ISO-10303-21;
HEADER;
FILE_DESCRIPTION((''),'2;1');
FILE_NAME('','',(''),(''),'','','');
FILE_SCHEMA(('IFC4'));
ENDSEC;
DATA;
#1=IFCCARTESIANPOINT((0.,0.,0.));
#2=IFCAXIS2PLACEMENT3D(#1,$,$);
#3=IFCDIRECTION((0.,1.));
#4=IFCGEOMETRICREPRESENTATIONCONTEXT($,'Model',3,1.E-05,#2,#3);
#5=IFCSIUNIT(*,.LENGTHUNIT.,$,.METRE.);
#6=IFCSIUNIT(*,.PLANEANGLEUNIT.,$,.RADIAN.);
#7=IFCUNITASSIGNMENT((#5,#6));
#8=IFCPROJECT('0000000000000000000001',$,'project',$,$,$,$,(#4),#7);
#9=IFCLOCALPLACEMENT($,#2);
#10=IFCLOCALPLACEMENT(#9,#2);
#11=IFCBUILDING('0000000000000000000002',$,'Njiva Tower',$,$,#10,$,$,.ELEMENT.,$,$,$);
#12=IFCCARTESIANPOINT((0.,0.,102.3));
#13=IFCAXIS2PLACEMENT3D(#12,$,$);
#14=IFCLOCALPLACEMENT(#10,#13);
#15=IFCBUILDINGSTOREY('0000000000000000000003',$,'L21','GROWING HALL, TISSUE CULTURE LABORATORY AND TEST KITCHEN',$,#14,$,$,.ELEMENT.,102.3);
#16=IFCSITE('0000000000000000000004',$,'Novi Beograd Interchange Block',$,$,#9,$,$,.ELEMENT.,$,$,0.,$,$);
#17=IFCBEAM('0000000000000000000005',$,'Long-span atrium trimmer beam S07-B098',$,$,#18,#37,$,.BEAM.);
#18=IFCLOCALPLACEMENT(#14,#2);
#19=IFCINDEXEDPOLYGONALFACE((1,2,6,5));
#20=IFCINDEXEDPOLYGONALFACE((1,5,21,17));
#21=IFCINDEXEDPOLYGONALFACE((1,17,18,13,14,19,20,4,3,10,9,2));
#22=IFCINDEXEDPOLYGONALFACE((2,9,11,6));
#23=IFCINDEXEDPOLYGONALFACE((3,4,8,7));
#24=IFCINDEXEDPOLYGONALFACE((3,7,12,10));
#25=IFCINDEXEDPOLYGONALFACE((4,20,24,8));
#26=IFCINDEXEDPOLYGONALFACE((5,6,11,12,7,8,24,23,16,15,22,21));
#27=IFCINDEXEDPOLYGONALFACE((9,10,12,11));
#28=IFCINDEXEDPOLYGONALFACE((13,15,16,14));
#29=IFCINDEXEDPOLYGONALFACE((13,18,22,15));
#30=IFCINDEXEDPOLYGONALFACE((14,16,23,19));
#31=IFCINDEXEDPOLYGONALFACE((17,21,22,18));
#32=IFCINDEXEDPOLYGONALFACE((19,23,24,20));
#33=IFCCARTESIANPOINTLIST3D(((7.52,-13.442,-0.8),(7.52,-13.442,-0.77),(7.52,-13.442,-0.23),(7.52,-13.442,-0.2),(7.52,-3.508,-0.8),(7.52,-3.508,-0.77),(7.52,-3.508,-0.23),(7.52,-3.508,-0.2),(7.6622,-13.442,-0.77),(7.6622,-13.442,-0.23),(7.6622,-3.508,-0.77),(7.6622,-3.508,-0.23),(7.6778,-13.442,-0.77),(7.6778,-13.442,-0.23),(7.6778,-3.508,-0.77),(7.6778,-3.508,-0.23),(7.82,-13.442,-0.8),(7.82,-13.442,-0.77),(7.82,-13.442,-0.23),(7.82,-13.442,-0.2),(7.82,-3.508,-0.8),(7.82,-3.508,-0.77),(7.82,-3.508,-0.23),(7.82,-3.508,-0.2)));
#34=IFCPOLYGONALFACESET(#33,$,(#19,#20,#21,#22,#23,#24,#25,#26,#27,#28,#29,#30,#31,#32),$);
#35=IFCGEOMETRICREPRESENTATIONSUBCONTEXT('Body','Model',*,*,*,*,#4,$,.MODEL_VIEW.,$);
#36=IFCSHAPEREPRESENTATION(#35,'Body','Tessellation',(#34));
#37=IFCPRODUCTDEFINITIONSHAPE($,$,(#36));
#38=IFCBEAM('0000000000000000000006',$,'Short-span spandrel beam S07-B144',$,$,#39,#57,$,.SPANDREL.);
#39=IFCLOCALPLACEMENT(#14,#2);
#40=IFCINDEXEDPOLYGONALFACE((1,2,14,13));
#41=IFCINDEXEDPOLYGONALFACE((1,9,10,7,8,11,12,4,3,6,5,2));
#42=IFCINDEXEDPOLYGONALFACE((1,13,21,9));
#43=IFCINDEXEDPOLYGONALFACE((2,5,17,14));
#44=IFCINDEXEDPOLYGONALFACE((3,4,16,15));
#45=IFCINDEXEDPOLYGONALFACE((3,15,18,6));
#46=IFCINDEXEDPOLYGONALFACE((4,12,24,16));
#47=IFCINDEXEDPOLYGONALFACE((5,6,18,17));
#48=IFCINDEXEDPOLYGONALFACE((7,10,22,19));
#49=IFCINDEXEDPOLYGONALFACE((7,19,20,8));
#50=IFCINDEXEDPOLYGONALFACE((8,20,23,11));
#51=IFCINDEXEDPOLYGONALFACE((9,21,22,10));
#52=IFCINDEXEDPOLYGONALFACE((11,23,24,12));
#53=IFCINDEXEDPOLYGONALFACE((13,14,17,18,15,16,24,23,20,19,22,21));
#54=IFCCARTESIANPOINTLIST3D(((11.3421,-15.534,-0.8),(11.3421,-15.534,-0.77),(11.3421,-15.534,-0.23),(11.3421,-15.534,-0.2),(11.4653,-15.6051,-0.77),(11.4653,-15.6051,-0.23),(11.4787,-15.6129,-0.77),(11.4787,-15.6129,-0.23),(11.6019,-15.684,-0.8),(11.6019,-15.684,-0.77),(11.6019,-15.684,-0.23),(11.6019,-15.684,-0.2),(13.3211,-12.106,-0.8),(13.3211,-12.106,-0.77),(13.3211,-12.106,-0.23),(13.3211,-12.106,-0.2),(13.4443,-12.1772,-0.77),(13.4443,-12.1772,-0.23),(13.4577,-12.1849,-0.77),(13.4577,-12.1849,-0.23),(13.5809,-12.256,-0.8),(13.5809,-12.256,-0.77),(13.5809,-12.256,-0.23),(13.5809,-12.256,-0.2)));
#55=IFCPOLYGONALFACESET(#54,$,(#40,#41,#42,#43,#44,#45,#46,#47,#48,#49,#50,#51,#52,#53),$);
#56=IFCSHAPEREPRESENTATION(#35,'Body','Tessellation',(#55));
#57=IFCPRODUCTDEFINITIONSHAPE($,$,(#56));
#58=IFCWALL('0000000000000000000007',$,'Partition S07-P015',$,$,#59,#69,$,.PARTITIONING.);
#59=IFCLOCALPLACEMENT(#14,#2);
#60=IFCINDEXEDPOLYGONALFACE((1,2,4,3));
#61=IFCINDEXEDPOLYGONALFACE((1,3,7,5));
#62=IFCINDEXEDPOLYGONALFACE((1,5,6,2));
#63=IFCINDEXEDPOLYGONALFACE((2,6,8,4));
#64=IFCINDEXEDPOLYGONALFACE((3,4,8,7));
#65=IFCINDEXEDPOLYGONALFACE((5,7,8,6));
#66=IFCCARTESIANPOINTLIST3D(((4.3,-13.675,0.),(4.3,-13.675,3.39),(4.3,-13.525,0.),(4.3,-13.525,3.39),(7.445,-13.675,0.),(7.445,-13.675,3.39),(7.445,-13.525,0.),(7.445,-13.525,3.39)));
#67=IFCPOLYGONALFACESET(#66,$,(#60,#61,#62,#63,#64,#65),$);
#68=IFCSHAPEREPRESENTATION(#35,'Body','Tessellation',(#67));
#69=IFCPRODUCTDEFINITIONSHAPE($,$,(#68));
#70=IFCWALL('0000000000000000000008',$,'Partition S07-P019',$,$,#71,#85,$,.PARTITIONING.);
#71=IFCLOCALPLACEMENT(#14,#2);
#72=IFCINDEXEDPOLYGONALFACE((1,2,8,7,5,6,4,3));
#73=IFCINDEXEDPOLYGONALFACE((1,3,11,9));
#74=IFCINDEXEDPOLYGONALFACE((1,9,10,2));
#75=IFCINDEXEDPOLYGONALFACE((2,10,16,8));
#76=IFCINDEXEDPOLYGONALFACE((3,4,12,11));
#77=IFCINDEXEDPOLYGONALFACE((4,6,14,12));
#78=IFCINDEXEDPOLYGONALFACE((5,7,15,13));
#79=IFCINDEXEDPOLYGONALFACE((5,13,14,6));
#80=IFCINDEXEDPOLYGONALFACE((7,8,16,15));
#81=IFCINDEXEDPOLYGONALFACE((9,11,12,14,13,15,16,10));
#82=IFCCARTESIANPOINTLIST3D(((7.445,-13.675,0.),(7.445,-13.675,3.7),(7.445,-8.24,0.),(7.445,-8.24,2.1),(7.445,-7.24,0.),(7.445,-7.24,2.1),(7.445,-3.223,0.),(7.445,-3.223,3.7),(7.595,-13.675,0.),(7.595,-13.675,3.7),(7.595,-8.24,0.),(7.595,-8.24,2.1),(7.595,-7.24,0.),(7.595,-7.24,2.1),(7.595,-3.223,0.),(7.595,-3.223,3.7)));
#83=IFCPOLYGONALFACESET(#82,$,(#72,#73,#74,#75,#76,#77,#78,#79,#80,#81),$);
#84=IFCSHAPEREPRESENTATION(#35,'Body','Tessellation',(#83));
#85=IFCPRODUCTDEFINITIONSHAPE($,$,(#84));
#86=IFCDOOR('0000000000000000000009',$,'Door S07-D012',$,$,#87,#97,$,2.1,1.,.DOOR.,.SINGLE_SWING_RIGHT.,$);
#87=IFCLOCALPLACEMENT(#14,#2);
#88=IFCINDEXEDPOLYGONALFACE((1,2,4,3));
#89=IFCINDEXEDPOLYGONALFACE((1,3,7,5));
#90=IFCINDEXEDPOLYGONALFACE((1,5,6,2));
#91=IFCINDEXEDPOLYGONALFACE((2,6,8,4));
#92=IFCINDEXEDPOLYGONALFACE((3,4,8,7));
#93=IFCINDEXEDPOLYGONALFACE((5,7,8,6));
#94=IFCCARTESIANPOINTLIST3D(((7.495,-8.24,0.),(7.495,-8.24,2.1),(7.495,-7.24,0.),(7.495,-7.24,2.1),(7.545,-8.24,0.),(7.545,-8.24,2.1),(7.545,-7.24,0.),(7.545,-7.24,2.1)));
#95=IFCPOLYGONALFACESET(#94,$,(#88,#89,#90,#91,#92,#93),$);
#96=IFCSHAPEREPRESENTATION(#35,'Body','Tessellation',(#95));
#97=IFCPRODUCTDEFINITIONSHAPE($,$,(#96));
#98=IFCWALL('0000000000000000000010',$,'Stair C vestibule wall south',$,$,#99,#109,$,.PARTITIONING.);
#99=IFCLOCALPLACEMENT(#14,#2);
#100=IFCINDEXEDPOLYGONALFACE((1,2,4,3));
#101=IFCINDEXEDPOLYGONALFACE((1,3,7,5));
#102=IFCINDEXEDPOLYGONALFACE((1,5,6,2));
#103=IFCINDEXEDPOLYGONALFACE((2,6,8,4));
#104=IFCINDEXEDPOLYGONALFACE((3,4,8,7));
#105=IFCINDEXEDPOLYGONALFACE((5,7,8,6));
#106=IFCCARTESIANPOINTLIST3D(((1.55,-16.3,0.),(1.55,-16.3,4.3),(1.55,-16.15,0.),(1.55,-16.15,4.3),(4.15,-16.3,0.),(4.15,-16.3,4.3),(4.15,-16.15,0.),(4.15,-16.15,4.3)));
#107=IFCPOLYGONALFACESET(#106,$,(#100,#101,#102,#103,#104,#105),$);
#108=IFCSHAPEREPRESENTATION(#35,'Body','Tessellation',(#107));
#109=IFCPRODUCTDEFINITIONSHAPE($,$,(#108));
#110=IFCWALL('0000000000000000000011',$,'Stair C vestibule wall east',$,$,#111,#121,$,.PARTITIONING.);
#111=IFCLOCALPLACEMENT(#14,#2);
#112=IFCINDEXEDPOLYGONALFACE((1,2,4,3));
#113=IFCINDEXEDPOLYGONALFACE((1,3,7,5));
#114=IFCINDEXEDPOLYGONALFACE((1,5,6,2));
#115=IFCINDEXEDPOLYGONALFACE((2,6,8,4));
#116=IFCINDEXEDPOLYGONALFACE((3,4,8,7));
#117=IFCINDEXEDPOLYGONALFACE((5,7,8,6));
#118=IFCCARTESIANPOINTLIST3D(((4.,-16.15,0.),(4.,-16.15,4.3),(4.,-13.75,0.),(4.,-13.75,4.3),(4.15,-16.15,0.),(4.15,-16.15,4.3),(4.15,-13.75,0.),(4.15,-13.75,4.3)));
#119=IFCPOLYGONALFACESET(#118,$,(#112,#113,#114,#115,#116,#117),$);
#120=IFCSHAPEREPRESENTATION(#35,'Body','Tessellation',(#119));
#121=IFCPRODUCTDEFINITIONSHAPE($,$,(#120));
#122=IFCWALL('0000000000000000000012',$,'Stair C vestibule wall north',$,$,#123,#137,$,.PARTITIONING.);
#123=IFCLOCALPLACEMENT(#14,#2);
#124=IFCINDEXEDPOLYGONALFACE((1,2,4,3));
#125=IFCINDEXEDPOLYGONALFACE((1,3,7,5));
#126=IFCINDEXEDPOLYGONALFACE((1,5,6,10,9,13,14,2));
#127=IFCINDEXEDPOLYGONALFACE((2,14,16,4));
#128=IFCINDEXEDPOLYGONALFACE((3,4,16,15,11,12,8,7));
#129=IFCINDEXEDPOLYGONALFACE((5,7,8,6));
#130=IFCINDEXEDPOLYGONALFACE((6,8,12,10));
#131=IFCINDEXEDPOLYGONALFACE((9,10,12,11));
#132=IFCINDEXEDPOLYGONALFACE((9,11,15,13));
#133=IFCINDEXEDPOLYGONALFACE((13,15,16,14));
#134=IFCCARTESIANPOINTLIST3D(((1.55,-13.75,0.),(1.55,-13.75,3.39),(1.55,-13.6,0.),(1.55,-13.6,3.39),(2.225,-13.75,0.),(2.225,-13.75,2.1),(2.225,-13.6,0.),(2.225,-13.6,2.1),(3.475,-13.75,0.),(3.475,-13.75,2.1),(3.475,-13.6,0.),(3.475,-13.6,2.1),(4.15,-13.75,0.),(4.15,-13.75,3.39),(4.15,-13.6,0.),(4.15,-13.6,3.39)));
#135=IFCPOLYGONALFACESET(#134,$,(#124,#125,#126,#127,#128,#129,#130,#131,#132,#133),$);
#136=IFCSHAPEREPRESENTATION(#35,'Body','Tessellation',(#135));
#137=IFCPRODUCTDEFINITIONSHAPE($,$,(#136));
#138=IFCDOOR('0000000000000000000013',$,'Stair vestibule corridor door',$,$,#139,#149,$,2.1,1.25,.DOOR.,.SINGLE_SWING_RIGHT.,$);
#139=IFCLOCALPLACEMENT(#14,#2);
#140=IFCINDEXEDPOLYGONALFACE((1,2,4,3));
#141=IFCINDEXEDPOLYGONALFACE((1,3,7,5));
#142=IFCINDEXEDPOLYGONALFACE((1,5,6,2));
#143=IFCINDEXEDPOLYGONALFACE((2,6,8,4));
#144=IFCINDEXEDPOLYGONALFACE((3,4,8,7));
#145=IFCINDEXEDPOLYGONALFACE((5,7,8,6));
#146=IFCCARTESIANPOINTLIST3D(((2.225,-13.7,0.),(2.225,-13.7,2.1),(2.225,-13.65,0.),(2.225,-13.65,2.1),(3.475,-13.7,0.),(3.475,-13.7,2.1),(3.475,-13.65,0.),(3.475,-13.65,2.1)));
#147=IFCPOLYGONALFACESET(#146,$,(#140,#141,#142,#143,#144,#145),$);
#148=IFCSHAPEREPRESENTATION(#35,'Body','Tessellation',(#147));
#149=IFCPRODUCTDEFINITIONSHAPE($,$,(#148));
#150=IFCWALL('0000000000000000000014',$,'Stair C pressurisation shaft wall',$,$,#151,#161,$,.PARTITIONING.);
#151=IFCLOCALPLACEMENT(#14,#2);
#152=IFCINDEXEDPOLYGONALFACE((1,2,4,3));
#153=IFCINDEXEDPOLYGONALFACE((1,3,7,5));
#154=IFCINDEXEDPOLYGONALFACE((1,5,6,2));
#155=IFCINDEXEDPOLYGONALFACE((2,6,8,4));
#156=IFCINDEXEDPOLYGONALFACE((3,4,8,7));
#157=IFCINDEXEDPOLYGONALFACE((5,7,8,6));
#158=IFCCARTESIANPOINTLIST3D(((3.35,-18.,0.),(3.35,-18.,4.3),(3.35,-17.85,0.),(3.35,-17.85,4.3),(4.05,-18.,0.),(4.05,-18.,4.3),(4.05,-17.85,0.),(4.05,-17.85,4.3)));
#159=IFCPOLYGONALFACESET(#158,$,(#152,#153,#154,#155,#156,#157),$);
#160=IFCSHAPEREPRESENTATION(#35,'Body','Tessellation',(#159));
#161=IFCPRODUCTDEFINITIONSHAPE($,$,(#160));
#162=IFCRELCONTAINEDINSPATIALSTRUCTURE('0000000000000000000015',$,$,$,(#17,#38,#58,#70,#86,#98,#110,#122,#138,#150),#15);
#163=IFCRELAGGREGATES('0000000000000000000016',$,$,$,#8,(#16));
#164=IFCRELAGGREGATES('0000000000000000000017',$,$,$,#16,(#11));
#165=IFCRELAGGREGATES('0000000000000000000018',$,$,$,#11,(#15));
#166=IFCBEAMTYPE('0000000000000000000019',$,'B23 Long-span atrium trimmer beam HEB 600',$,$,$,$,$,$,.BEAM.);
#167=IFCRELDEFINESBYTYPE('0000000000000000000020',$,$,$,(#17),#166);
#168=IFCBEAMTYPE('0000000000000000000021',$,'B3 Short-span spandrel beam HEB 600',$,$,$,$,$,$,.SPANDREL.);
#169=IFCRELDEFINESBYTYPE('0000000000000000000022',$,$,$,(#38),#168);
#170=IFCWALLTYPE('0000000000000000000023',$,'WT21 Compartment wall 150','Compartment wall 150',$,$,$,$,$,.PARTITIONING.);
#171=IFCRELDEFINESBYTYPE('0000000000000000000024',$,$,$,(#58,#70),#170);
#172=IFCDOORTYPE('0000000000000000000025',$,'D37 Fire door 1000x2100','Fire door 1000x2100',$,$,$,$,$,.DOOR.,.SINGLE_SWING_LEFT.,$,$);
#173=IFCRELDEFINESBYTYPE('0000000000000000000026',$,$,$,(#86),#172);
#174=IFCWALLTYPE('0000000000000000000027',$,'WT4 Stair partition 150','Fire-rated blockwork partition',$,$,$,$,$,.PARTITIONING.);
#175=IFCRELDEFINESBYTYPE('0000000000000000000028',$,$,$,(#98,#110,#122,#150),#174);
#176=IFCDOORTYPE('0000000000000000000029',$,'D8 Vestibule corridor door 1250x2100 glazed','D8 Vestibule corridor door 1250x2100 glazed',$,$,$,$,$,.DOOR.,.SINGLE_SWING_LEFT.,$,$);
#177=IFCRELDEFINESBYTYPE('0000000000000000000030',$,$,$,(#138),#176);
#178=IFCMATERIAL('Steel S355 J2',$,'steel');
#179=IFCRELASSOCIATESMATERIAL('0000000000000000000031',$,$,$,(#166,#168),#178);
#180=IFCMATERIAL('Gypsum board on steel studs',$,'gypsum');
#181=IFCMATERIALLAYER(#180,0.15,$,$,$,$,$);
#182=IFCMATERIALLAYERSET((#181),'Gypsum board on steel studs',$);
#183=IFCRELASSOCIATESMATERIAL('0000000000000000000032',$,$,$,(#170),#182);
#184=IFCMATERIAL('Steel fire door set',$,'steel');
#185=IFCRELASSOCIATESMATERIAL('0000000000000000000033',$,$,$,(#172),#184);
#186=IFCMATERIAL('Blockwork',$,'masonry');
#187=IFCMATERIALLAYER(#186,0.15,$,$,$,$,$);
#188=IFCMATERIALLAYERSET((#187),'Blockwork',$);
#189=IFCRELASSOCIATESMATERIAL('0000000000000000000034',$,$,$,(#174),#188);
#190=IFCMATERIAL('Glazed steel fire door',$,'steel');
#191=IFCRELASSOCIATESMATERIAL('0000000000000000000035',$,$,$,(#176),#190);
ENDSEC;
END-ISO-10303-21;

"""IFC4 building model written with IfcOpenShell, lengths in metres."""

from ifc_helpers import new_model, si_unit, direction, frame, frame_2d, origin, origin_2d, place, context, subcontext, project, spatial, rectangle, i_section, extrude, material, layer, layer_set, material_profile, profile_set, type_object, element, fill, save


model = new_model("IFC4")

# Units and contexts
model_context = context("Model", 3, precision=1e-05, world=origin(), true_north=direction((0.0, 1.0)))
body_context = subcontext(model_context, "Body", "Model", "MODEL_VIEW")
ifc_project = project(units=[si_unit("LENGTHUNIT", "METRE"), si_unit("PLANEANGLEUNIT", "RADIAN")], contexts=[model_context])

# Site, building, storey
site_placement = place(None, origin())
site = spatial("IfcSite", under=ifc_project, at=site_placement, Name="Novi Beograd Interchange Block", CompositionType="ELEMENT", RefElevation=0.0)
building_placement = place(site_placement, origin())
building = spatial("IfcBuilding", under=site, at=building_placement, Name="Njiva Tower", CompositionType="ELEMENT")
storey_placement = place(building_placement, frame((0.0, 0.0, 102.3)))
storey = spatial("IfcBuildingStorey", under=building, at=storey_placement, Name="L21", Description="GROWING HALL, TISSUE CULTURE LABORATORY AND TEST KITCHEN", CompositionType="ELEMENT", Elevation=102.3)

# Shared definitions
ifc_material_1 = material(Name="Steel S355 J2", Category="steel")

# Beams
ifc_material_profile_1 = material_profile(ifc_material_1, i_section(OverallWidth=0.3, OverallDepth=0.6, WebThickness=0.0155, FlangeThickness=0.03, at=origin_2d()), Name="HEB 600")
ifc_profile_set_1 = profile_set([ifc_material_profile_1], Name="Steel S355 J2")
beam_type_1 = type_object("IfcBeamType", Name="B23 Long-span atrium trimmer beam HEB 600", PredefinedType="BEAM", material=ifc_profile_set_1)
beam_1_placement = place(storey_placement, frame((7.67, -13.442, -0.5), z_axis=(0.0, 1.0, 0.0), x_axis=(-1.0, 0.0, 0.0)))
element("IfcBeam", 1, at=beam_1_placement, inside=storey, type_object=beam_type_1, Name="Long-span atrium trimmer beam S07-B098", PredefinedType="BEAM", context=body_context, shape_type="SweptSolid", body=[
    extrude(i_section(OverallWidth=0.3, OverallDepth=0.6, WebThickness=0.0155, FlangeThickness=0.03, at=origin_2d()), origin(), (0.0, 0.0, 1.0), 9.934),
])
ifc_material_profile_2 = material_profile(ifc_material_1, i_section(OverallWidth=0.3, OverallDepth=0.6, WebThickness=0.0155, FlangeThickness=0.03, at=origin_2d()), Name="HEB 600")
ifc_profile_set_2 = profile_set([ifc_material_profile_2], Name="Steel S355 J2")
beam_type_2 = type_object("IfcBeamType", Name="B3 Short-span spandrel beam HEB 600", PredefinedType="SPANDREL", material=ifc_profile_set_2)
beam_2_placement = place(storey_placement, frame((11.472, -15.609, -0.5), z_axis=(0.49997, 0.866043, 0.0), x_axis=(-0.866043, 0.49997, 0.0)))
element("IfcBeam", 2, at=beam_2_placement, inside=storey, type_object=beam_type_2, Name="Short-span spandrel beam S07-B144", PredefinedType="SPANDREL", context=body_context, shape_type="SweptSolid", body=[
    extrude(i_section(OverallWidth=0.3, OverallDepth=0.6, WebThickness=0.0155, FlangeThickness=0.03, at=origin_2d()), origin(), (0.0, 0.0, 1.0), 3.9582),
])

# Wall
ifc_material_2 = material(Name="Gypsum board on steel studs", Category="gypsum")
ifc_layer_1 = layer(ifc_material_2, 0.15)
ifc_layer_set_1 = layer_set([ifc_layer_1], Name="Gypsum board on steel studs")
wall_type_1 = type_object("IfcWallType", Name="WT21 Compartment wall 150", Description="Compartment wall 150", PredefinedType="PARTITIONING", material=ifc_layer_set_1)
wall_1_placement = place(storey_placement, frame((4.3, -13.6, 0.0), z_axis=(0.0, 0.0, 1.0), x_axis=(1.0, 0.0, 0.0)))
element("IfcWall", 3, at=wall_1_placement, inside=storey, type_object=wall_type_1, Name="Partition S07-P015", PredefinedType="PARTITIONING", context=body_context, shape_type="SweptSolid", body=[
    extrude(rectangle(XDim=3.145, YDim=0.15, at=frame_2d((1.5725, 0.0))), origin(), (0.0, 0.0, 1.0), 3.39),
])

# Wall, opening, door
wall_2_placement = place(storey_placement, frame((7.52, -13.675, 0.0), z_axis=(0.0, 0.0, 1.0), x_axis=(0.0, 1.0, 0.0)))
wall_2 = element("IfcWall", 4, at=wall_2_placement, inside=storey, type_object=wall_type_1, Name="Partition S07-P019", PredefinedType="PARTITIONING", context=body_context, shape_type="SweptSolid", body=[
    extrude(rectangle(XDim=10.452, YDim=0.15, at=frame_2d((5.226, 0.0))), origin(), (0.0, 0.0, 1.0), 3.7),
])
opening_1_placement = place(wall_2_placement, frame((5.435, 0.0, 0.0)))
opening_1 = element("IfcOpeningElement", 5, at=opening_1_placement, cuts=wall_2, PredefinedType="OPENING", context=body_context, shape_type="SweptSolid", body=[
    extrude(rectangle(XDim=1.0, YDim=2.1, at=frame_2d((0.5, 1.05))), frame((0.0, 0.085, 0.0), z_axis=(0.0, -1.0, 0.0), x_axis=(1.0, 0.0, 0.0)), (0.0, 0.0, 1.0), 0.17),
])
ifc_material_3 = material(Name="Steel fire door set", Category="steel")
door_type_1 = type_object("IfcDoorType", Name="D37 Fire door 1000x2100", Description="Fire door 1000x2100", OperationType="SINGLE_SWING_LEFT", PredefinedType="DOOR", material=ifc_material_3)
door_1_placement = place(opening_1_placement, origin())
door_1 = element("IfcDoor", 6, at=door_1_placement, inside=storey, type_object=door_type_1, Name="Door S07-D012", OperationType="SINGLE_SWING_RIGHT", OverallHeight=2.1, OverallWidth=1.0, PredefinedType="DOOR", context=body_context, shape_type="SweptSolid", body=[
    extrude(rectangle(XDim=1.0, YDim=2.1, at=frame_2d((0.5, 1.05))), frame((0.0, 0.025, 0.0), z_axis=(0.0, -1.0, 0.0), x_axis=(1.0, 0.0, 0.0)), (0.0, 0.0, 1.0), 0.05),
])
fill(opening_1, door_1)

# Walls
ifc_material_4 = material(Name="Blockwork", Category="masonry")
ifc_layer_2 = layer(ifc_material_4, 0.15)
ifc_layer_set_2 = layer_set([ifc_layer_2], Name="Blockwork")
wall_type_2 = type_object("IfcWallType", Name="WT4 Stair partition 150", Description="Fire-rated blockwork partition", PredefinedType="PARTITIONING", material=ifc_layer_set_2)
wall_3_placement = place(storey_placement, frame((1.55, -16.225, 0.0), z_axis=(0.0, 0.0, 1.0), x_axis=(1.0, 0.0, 0.0)))
element("IfcWall", 7, at=wall_3_placement, inside=storey, type_object=wall_type_2, Name="Stair C vestibule wall south", PredefinedType="PARTITIONING", context=body_context, shape_type="SweptSolid", body=[
    extrude(rectangle(XDim=2.6, YDim=0.15, at=frame_2d((1.3, 0.0))), origin(), (0.0, 0.0, 1.0), 4.3),
])
wall_4_placement = place(storey_placement, frame((4.075, -16.15, 0.0), z_axis=(0.0, 0.0, 1.0), x_axis=(0.0, 1.0, 0.0)))
element("IfcWall", 8, at=wall_4_placement, inside=storey, type_object=wall_type_2, Name="Stair C vestibule wall east", PredefinedType="PARTITIONING", context=body_context, shape_type="SweptSolid", body=[
    extrude(rectangle(XDim=2.4, YDim=0.15, at=frame_2d((1.2, 0.0))), origin(), (0.0, 0.0, 1.0), 4.3),
])

# Wall, opening, door
wall_5_placement = place(storey_placement, frame((1.55, -13.675, 0.0), z_axis=(0.0, 0.0, 1.0), x_axis=(1.0, 0.0, 0.0)))
wall_5 = element("IfcWall", 9, at=wall_5_placement, inside=storey, type_object=wall_type_2, Name="Stair C vestibule wall north", PredefinedType="PARTITIONING", context=body_context, shape_type="SweptSolid", body=[
    extrude(rectangle(XDim=2.6, YDim=0.15, at=frame_2d((1.3, 0.0))), origin(), (0.0, 0.0, 1.0), 3.39),
])
opening_2_placement = place(wall_5_placement, frame((0.675, 0.0, 0.0)))
opening_2 = element("IfcOpeningElement", 10, at=opening_2_placement, cuts=wall_5, PredefinedType="OPENING", context=body_context, shape_type="SweptSolid", body=[
    extrude(rectangle(XDim=1.25, YDim=2.1, at=frame_2d((0.625, 1.05))), frame((0.0, 0.085, 0.0), z_axis=(0.0, -1.0, 0.0), x_axis=(1.0, 0.0, 0.0)), (0.0, 0.0, 1.0), 0.17),
])
ifc_material_5 = material(Name="Glazed steel fire door", Category="steel")
door_type_2 = type_object("IfcDoorType", Name="D8 Vestibule corridor door 1250x2100 glazed", Description="D8 Vestibule corridor door 1250x2100 glazed", OperationType="SINGLE_SWING_LEFT", PredefinedType="DOOR", material=ifc_material_5)
door_2_placement = place(opening_2_placement, origin())
door_2 = element("IfcDoor", 11, at=door_2_placement, inside=storey, type_object=door_type_2, Name="Stair vestibule corridor door", OperationType="SINGLE_SWING_RIGHT", OverallHeight=2.1, OverallWidth=1.25, PredefinedType="DOOR", context=body_context, shape_type="SweptSolid", body=[
    extrude(rectangle(XDim=1.25, YDim=2.1, at=frame_2d((0.625, 1.05))), frame((0.0, 0.025, 0.0), z_axis=(0.0, -1.0, 0.0), x_axis=(1.0, 0.0, 0.0)), (0.0, 0.0, 1.0), 0.05),
])
fill(opening_2, door_2)

# Wall
wall_6_placement = place(storey_placement, frame((3.35, -17.925, 0.0), z_axis=(0.0, 0.0, 1.0), x_axis=(1.0, 0.0, 0.0)))
element("IfcWall", 12, at=wall_6_placement, inside=storey, type_object=wall_type_2, Name="Stair C pressurisation shaft wall", PredefinedType="PARTITIONING", context=body_context, shape_type="SweptSolid", body=[
    extrude(rectangle(XDim=0.7, YDim=0.15, at=frame_2d((0.35, 0.0))), origin(), (0.0, 0.0, 1.0), 4.3),
])

save(model, "model.ifc")
